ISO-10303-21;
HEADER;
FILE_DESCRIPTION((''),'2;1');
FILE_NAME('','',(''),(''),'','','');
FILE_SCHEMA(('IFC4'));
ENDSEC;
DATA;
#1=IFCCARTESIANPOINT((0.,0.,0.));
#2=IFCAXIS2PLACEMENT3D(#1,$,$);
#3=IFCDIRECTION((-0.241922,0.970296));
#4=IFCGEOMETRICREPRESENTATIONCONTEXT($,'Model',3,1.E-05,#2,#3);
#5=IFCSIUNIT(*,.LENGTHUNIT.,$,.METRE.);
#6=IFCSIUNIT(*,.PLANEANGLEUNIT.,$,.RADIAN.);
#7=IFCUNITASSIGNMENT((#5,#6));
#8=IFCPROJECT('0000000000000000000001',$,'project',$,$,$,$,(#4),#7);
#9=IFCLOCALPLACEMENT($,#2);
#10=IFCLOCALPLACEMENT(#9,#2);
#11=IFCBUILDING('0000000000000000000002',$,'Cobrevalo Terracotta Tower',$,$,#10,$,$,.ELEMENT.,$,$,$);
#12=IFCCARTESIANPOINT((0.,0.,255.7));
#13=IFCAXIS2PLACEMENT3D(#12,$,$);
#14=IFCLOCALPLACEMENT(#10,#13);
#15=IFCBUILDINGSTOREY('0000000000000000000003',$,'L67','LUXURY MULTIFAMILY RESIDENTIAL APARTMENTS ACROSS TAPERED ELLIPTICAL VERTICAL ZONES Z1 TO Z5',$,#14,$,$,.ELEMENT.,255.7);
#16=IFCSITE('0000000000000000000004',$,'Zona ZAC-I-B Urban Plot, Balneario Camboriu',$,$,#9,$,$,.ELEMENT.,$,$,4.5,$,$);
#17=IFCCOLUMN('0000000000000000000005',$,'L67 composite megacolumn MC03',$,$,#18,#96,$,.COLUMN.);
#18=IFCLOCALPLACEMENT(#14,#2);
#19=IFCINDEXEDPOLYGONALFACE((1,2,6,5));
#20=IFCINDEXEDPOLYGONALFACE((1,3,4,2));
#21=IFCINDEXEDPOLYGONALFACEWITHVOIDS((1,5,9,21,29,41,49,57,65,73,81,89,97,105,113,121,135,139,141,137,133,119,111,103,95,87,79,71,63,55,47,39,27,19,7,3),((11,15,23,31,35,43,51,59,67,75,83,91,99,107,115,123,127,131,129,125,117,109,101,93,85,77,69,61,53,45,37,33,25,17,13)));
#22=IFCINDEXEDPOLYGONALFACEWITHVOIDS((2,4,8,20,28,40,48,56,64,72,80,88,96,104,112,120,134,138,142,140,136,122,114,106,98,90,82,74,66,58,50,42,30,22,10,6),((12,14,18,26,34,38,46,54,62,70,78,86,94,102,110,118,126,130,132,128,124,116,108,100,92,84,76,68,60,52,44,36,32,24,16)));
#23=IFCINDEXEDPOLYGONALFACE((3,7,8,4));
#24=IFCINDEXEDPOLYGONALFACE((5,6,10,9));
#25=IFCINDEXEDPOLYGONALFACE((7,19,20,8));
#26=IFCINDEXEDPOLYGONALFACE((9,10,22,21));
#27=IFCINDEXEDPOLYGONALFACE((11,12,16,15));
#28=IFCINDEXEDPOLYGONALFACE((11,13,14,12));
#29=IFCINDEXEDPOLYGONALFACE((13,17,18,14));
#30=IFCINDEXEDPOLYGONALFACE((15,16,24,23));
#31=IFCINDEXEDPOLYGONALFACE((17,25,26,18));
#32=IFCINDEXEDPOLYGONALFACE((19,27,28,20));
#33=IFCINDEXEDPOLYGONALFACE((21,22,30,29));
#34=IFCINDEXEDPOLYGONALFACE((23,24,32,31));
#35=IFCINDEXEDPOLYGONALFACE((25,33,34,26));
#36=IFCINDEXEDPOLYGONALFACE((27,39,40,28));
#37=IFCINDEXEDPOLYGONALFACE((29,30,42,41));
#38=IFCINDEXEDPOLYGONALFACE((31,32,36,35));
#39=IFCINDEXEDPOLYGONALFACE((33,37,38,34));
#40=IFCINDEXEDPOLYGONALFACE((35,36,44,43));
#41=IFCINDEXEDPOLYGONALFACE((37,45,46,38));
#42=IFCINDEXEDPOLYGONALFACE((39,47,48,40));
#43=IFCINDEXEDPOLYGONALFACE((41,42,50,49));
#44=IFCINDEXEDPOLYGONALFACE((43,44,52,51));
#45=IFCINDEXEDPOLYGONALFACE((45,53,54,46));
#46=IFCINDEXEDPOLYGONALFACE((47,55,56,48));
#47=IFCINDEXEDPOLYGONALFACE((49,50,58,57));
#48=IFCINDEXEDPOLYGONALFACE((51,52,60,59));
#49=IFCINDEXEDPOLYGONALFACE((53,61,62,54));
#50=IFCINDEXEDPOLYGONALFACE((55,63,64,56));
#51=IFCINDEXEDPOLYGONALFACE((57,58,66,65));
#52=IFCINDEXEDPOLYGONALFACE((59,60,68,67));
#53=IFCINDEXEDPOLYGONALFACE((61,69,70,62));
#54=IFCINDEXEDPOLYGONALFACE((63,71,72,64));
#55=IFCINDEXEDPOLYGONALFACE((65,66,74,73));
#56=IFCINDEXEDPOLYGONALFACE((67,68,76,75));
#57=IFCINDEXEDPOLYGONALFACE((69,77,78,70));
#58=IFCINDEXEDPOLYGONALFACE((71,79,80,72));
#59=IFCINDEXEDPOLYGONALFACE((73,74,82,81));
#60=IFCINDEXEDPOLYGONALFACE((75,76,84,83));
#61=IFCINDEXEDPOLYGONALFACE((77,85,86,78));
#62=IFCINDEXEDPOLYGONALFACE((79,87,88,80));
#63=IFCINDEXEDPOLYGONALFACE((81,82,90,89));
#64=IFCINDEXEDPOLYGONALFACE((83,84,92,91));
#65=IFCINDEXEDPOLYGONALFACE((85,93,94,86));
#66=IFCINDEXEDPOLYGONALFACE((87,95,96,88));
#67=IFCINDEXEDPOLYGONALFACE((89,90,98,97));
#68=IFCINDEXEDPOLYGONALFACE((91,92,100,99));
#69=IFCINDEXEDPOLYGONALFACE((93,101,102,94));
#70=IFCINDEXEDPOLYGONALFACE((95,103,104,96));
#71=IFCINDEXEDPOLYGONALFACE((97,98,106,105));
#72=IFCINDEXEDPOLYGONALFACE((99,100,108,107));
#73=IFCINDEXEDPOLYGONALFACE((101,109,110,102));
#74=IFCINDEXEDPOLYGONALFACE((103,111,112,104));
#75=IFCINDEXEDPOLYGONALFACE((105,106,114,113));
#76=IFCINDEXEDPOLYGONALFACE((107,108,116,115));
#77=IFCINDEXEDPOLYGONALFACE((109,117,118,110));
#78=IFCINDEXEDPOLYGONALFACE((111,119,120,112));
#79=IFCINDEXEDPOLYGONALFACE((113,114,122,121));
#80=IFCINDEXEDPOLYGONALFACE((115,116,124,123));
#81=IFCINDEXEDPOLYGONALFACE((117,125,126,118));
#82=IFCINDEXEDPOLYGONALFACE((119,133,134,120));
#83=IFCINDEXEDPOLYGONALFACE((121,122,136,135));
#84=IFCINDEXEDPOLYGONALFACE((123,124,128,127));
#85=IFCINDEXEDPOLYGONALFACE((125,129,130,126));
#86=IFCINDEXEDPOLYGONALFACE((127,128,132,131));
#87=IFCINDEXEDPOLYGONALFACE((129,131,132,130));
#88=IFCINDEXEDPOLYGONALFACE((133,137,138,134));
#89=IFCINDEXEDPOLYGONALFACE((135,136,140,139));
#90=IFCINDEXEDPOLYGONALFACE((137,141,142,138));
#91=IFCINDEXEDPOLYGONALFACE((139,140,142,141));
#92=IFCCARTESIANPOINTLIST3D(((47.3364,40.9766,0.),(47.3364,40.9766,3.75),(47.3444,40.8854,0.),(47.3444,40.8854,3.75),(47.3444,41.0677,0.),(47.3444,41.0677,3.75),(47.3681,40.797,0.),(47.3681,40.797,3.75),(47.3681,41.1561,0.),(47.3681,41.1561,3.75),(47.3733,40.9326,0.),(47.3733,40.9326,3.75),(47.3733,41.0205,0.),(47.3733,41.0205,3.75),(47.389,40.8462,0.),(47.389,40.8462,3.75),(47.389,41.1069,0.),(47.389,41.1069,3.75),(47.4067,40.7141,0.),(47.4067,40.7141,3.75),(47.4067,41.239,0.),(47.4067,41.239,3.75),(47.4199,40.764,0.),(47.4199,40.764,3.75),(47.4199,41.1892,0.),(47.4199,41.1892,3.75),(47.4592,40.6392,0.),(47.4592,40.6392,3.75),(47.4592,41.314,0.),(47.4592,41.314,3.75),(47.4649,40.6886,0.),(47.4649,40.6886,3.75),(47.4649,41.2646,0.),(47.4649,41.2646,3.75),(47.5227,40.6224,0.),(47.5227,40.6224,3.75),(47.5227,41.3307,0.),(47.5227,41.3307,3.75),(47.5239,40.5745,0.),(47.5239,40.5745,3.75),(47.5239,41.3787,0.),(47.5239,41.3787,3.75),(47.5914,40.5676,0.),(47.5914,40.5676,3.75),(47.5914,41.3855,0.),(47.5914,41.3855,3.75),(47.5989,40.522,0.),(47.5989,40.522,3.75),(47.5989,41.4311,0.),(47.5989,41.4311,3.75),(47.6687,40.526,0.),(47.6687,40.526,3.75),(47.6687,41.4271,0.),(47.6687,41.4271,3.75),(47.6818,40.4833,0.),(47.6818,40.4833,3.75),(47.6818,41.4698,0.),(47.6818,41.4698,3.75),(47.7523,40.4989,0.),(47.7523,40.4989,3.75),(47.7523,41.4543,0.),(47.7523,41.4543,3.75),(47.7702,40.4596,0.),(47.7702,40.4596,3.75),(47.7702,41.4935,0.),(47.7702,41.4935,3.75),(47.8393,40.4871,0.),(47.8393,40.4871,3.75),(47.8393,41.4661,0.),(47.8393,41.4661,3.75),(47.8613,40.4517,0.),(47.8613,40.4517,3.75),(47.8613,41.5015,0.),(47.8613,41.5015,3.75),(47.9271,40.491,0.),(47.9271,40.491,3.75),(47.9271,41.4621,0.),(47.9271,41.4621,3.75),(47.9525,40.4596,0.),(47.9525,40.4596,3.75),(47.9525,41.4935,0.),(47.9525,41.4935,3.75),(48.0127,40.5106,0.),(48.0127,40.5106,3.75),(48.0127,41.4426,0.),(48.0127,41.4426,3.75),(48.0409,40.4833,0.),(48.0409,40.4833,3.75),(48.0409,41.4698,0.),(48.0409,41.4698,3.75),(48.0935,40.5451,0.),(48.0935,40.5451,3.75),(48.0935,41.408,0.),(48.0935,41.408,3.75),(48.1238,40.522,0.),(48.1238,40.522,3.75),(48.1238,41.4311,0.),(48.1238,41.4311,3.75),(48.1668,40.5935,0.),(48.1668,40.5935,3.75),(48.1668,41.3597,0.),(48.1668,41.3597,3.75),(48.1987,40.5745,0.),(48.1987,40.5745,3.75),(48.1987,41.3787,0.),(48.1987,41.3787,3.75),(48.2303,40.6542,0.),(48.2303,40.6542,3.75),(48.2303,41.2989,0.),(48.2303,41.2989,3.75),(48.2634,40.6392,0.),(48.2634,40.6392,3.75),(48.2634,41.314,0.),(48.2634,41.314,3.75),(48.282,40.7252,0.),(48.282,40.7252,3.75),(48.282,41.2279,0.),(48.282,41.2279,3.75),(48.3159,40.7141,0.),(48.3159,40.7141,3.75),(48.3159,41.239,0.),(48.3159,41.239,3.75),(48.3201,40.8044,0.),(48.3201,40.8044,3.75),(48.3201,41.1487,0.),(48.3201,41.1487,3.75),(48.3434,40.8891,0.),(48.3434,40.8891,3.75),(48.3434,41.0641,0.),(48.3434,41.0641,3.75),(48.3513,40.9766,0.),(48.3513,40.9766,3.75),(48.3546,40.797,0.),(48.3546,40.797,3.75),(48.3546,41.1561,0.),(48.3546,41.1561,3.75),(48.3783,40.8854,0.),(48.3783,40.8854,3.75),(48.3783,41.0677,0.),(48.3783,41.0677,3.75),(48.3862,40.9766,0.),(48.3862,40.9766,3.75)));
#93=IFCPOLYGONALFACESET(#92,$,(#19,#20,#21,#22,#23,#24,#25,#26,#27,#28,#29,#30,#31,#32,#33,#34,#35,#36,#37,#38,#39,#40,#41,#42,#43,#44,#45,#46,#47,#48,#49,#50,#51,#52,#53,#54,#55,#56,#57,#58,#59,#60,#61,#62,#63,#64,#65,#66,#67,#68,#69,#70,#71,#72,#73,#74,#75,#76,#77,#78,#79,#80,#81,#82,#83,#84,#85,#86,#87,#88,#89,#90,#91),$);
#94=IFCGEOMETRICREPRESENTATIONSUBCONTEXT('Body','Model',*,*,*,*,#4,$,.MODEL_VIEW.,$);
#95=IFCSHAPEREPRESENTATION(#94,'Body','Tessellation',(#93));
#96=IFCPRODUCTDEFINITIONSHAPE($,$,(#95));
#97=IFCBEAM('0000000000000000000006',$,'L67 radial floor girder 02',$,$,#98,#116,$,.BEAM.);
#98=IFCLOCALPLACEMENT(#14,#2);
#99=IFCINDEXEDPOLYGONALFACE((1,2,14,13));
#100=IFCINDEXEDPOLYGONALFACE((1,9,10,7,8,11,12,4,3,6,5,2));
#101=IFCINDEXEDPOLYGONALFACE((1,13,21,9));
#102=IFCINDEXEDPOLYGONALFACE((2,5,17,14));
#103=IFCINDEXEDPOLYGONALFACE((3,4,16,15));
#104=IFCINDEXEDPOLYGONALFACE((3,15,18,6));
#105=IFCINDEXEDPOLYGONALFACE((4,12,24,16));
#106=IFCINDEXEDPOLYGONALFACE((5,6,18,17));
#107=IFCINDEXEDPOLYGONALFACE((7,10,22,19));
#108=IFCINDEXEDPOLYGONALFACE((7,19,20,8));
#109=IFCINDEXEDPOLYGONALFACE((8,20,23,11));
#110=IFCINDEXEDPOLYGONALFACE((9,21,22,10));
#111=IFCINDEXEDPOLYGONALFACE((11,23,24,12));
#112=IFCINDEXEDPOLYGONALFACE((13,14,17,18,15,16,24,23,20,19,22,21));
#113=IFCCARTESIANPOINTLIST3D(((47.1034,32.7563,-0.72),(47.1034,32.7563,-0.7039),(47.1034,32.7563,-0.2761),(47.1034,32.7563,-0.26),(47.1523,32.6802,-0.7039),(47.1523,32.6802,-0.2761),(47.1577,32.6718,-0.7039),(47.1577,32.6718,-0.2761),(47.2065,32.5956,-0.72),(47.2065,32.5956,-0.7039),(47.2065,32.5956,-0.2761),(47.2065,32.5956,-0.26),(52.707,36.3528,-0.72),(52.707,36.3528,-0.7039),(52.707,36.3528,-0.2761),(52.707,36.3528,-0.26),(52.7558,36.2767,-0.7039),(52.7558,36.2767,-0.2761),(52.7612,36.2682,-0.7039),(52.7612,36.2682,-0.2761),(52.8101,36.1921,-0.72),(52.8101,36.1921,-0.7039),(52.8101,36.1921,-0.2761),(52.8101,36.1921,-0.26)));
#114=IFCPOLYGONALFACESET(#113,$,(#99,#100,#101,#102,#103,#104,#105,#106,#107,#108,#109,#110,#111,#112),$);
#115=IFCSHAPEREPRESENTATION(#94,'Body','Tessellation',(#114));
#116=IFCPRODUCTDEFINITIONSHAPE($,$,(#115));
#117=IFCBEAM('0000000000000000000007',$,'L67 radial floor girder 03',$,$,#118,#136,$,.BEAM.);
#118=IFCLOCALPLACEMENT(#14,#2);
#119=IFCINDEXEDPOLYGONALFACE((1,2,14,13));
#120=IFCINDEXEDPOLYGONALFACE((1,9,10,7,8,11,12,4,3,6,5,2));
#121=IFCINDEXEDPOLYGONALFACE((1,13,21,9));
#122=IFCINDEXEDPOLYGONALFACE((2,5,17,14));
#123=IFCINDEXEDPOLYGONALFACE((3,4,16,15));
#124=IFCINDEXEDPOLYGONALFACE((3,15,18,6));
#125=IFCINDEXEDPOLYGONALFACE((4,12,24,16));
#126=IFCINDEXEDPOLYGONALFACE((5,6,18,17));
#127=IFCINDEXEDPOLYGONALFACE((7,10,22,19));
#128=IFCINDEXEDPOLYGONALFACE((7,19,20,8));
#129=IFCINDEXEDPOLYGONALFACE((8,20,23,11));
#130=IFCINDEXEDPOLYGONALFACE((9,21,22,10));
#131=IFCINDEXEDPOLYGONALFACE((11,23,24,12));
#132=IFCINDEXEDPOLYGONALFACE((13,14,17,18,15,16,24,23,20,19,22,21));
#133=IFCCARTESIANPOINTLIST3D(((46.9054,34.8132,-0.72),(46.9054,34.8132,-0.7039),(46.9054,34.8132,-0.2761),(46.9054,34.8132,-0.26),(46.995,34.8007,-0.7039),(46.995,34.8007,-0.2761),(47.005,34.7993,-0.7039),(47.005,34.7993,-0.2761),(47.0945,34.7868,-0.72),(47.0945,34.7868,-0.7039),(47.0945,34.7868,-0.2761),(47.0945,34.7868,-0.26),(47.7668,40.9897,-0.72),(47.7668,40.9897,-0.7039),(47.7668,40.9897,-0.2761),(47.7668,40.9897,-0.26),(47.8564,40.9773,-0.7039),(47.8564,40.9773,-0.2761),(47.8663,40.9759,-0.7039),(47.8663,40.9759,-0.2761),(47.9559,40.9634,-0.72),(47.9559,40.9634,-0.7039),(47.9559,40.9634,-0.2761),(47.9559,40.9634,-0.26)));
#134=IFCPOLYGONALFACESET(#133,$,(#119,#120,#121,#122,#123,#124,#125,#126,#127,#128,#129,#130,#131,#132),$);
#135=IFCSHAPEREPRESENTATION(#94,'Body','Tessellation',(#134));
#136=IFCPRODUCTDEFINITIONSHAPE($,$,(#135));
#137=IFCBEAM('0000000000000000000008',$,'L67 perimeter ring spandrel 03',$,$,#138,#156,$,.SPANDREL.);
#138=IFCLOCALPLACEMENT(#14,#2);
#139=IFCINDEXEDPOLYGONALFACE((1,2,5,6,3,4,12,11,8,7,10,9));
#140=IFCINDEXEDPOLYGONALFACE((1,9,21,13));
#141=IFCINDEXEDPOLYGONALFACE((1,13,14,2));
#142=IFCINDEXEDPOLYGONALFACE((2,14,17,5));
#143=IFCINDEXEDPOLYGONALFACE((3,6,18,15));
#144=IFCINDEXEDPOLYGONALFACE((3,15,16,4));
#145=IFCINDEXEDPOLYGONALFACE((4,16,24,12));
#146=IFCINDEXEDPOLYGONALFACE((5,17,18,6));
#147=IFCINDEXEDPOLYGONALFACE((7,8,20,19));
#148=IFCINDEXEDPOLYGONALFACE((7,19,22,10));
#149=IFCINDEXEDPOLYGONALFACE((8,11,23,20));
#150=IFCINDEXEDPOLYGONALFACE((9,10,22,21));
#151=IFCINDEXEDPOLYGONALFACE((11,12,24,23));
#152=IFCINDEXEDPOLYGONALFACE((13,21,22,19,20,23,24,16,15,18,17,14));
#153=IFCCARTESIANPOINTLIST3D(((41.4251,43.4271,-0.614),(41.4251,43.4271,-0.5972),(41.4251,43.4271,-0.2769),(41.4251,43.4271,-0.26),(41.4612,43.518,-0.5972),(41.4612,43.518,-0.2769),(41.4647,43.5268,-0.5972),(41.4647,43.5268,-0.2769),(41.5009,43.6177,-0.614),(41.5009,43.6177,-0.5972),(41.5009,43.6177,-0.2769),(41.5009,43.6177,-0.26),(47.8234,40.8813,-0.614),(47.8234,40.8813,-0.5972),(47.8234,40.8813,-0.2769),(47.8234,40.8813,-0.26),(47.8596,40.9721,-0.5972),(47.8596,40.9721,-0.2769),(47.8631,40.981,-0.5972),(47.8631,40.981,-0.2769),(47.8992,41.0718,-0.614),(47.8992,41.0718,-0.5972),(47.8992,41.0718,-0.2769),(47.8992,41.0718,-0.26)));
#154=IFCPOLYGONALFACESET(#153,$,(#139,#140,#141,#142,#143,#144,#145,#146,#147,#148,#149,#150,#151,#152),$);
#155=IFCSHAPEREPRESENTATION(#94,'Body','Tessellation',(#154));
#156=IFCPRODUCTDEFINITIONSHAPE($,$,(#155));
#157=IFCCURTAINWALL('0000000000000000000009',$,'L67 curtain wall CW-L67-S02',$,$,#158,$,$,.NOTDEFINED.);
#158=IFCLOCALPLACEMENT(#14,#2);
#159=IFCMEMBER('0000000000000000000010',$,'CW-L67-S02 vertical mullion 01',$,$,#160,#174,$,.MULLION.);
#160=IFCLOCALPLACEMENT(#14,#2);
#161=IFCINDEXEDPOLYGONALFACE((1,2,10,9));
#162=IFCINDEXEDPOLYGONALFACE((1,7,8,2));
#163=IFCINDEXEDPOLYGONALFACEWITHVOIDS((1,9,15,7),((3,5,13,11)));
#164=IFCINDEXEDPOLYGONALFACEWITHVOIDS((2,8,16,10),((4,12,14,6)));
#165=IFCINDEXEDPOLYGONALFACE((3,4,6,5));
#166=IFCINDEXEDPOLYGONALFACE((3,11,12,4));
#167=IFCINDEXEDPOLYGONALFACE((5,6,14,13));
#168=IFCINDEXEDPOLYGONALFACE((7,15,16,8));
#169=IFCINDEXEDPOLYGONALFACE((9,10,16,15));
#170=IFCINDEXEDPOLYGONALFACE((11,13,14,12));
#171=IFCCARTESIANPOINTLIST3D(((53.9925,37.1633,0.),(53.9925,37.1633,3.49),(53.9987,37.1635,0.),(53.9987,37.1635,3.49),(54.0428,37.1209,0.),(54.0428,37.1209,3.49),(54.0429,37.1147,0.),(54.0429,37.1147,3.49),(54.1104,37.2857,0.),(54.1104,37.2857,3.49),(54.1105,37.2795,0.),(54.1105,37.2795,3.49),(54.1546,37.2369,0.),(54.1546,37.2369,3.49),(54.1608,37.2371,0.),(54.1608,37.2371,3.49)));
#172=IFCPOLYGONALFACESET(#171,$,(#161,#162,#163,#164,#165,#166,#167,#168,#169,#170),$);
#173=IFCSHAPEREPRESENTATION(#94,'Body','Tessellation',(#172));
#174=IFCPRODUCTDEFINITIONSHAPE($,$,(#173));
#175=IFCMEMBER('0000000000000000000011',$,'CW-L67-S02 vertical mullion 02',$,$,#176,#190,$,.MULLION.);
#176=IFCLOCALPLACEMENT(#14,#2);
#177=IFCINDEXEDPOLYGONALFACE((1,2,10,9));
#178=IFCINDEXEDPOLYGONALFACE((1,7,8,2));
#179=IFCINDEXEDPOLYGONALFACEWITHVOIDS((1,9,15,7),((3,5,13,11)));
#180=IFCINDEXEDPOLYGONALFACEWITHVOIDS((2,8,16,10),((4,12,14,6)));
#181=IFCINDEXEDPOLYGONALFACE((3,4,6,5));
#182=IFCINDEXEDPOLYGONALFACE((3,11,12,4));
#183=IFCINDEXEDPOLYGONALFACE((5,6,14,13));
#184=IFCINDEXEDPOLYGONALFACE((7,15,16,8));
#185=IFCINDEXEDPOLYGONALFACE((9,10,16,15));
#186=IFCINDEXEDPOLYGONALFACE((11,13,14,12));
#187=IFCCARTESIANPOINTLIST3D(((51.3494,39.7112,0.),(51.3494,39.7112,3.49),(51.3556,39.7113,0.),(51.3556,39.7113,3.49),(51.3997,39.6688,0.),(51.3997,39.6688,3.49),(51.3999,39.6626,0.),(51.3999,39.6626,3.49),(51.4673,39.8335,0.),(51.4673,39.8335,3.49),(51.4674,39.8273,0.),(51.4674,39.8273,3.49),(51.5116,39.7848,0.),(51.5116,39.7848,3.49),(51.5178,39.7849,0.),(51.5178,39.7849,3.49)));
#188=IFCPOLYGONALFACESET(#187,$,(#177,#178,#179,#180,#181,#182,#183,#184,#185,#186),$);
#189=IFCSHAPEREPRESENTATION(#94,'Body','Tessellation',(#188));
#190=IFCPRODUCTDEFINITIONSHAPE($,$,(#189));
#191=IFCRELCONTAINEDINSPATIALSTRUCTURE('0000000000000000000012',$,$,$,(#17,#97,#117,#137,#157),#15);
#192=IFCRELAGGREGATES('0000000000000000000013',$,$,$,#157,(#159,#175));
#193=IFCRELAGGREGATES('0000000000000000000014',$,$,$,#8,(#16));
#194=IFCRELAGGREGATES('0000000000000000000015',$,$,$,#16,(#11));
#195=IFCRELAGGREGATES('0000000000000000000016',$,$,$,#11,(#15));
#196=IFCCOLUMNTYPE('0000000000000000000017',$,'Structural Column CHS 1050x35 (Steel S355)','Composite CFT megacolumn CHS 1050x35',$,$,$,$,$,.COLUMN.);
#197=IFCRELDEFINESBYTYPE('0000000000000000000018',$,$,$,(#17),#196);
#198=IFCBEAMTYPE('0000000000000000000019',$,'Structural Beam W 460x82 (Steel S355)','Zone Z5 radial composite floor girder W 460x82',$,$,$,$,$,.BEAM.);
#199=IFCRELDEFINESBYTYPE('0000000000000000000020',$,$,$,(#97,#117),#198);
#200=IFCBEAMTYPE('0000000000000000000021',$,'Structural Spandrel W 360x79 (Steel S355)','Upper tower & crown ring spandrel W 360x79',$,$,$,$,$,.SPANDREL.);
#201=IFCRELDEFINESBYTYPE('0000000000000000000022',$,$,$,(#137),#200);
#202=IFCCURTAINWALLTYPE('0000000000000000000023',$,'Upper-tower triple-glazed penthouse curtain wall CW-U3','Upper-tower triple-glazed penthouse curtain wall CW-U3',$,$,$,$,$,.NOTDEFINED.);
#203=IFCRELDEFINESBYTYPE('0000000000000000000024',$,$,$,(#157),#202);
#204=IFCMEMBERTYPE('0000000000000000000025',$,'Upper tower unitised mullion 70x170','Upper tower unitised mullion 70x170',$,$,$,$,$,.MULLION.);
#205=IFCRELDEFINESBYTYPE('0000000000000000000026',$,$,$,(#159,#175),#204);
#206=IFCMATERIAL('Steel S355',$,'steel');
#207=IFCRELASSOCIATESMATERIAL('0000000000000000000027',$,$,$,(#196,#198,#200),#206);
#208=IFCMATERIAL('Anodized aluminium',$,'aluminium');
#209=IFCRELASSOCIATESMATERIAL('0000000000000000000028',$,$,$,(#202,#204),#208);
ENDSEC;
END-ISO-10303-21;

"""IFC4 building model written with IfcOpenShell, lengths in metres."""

from ifc_helpers import new_model, si_unit, direction, frame, origin, origin_2d, place, context, subcontext, project, spatial, hollow_rectangle, hollow_circle, i_section, extrude, source, transform, mapped, material, material_profile, profile_set, type_object, element, aggregate, save


model = new_model("IFC4")

# Units and contexts
model_context = context("Model", 3, precision=1e-05, world=origin(), true_north=direction((-0.241922, 0.970296)))
body_context = subcontext(model_context, "Body", "Model", "MODEL_VIEW")
ifc_project = project(units=[si_unit("LENGTHUNIT", "METRE"), si_unit("PLANEANGLEUNIT", "RADIAN")], contexts=[model_context])

# Site, building, storey
site_placement = place(None, origin())
site = spatial("IfcSite", under=ifc_project, at=site_placement, Name="Zona ZAC-I-B Urban Plot, Balneario Camboriu", CompositionType="ELEMENT", RefElevation=4.5)
building_placement = place(site_placement, origin())
building = spatial("IfcBuilding", under=site, at=building_placement, Name="Cobrevalo Terracotta Tower", CompositionType="ELEMENT")
storey_placement = place(building_placement, frame((0.0, 0.0, 255.7)))
storey = spatial("IfcBuildingStorey", under=building, at=storey_placement, Name="L67", Description="LUXURY MULTIFAMILY RESIDENTIAL APARTMENTS ACROSS TAPERED ELLIPTICAL VERTICAL ZONES Z1 TO Z5", CompositionType="ELEMENT", Elevation=255.7)

# Column
ifc_material_1 = material(Name="Steel S355", Category="steel")
ifc_material_profile_1 = material_profile(ifc_material_1, hollow_circle(Radius=0.5249, WallThickness=0.0349, at=origin_2d()), Name="CHS 1050x35")
ifc_profile_set_1 = profile_set([ifc_material_profile_1], Name="Steel S355")
column_type = type_object("IfcColumnType", Name="Structural Column CHS 1050x35 (Steel S355)", Description="Composite CFT megacolumn CHS 1050x35", PredefinedType="COLUMN", material=ifc_profile_set_1)
column_placement = place(storey_placement, frame((47.8613, 40.9766, 0.0), z_axis=(0.0, 0.0, 1.0), x_axis=(1.0, 0.0, 0.0)))
element("IfcColumn", 1, at=column_placement, inside=storey, type_object=column_type, Name="L67 composite megacolumn MC03", PredefinedType="COLUMN", context=body_context, shape_type="SweptSolid", body=[
    extrude(hollow_circle(Radius=0.5249, WallThickness=0.0349, at=origin_2d()), origin(), (0.0, 0.0, 1.0), 3.75),
])

# Beams
ifc_material_profile_2 = material_profile(ifc_material_1, i_section(OverallWidth=0.1909, OverallDepth=0.46, WebThickness=0.01, FlangeThickness=0.0161, at=origin_2d()), Name="W 460x82")
ifc_profile_set_2 = profile_set([ifc_material_profile_2], Name="Steel S355")
beam_type_1 = type_object("IfcBeamType", Name="Structural Beam W 460x82 (Steel S355)", Description="Zone Z5 radial composite floor girder W 460x82", PredefinedType="BEAM", material=ifc_profile_set_2)
beam_1_placement = place(storey_placement, frame((52.7585, 36.2725, -0.49), z_axis=(-0.841576, -0.540138, 0.0), x_axis=(0.540138, -0.841576, 0.0)))
element("IfcBeam", 2, at=beam_1_placement, inside=storey, type_object=beam_type_1, Name="L67 radial floor girder 02", PredefinedType="BEAM", context=body_context, shape_type="SweptSolid", body=[
    extrude(i_section(OverallWidth=0.1909, OverallDepth=0.46, WebThickness=0.01, FlangeThickness=0.0161, at=origin_2d()), origin(), (0.0, 0.0, 1.0), 6.6584),
])
beam_2_placement = place(storey_placement, frame((47.8613, 40.9766, -0.49), z_axis=(-0.138116, -0.990416, 0.0), x_axis=(0.990416, -0.138116, 0.0)))
element("IfcBeam", 3, at=beam_2_placement, inside=storey, type_object=beam_type_1, Name="L67 radial floor girder 03", PredefinedType="BEAM", context=body_context, shape_type="SweptSolid", body=[
    extrude(i_section(OverallWidth=0.1909, OverallDepth=0.46, WebThickness=0.01, FlangeThickness=0.0161, at=origin_2d()), origin(), (0.0, 0.0, 1.0), 6.2363),
])
ifc_material_profile_3 = material_profile(ifc_material_1, i_section(OverallWidth=0.2051, OverallDepth=0.354, WebThickness=0.0095, FlangeThickness=0.0168, at=origin_2d()), Name="W 360x79")
ifc_profile_set_3 = profile_set([ifc_material_profile_3], Name="Steel S355")
beam_type_2 = type_object("IfcBeamType", Name="Structural Spandrel W 360x79 (Steel S355)", Description="Upper tower & crown ring spandrel W 360x79", PredefinedType="SPANDREL", material=ifc_profile_set_3)
beam_3_placement = place(storey_placement, frame((47.8613, 40.9766, -0.437), z_axis=(-0.92915, 0.369703, 0.0), x_axis=(-0.369703, -0.92915, 0.0)))
element("IfcBeam", 4, at=beam_3_placement, inside=storey, type_object=beam_type_2, Name="L67 perimeter ring spandrel 03", PredefinedType="SPANDREL", context=body_context, shape_type="SweptSolid", body=[
    extrude(i_section(OverallWidth=0.2051, OverallDepth=0.354, WebThickness=0.0095, FlangeThickness=0.0168, at=origin_2d()), origin(), (0.0, 0.0, 1.0), 6.8862),
])

# Curtain wall, members
ifc_material_2 = material(Name="Anodized aluminium", Category="aluminium")
curtain_wall_type = type_object("IfcCurtainWallType", Name="Upper-tower triple-glazed penthouse curtain wall CW-U3", Description="Upper-tower triple-glazed penthouse curtain wall CW-U3", PredefinedType="NOTDEFINED", material=ifc_material_2)
curtain_wall_1_placement = place(storey_placement, origin())
curtain_wall_1 = element("IfcCurtainWall", 5, at=curtain_wall_1_placement, inside=storey, type_object=curtain_wall_type, Name="L67 curtain wall CW-L67-S02", PredefinedType="NOTDEFINED")
ifc_material_profile_4 = material_profile(ifc_material_2, hollow_rectangle(XDim=0.0701, YDim=0.1699, WallThickness=0.0044, at=origin_2d()), Name="CWM 70x170")
ifc_profile_set_4 = profile_set([ifc_material_profile_4], Name="Anodized aluminium")
member_type_1 = type_object("IfcMemberType", Name="Upper tower unitised mullion 70x170", Description="Upper tower unitised mullion 70x170", PredefinedType="MULLION", material=ifc_profile_set_4)
shared_shape_1 = source(origin(), body_context, "Body", "SweptSolid", [
    extrude(hollow_rectangle(XDim=0.0701, YDim=0.1699, WallThickness=0.0044, at=origin_2d()), origin(), (0.0, 0.0, 1.0), 3.49),
])
member_1_placement = place(storey_placement, frame((54.0767, 37.2002, 0.0), z_axis=(0.0, 0.0, 1.0), x_axis=(-0.719994, 0.69398, 0.0)))
member_1 = element("IfcMember", 6, at=member_1_placement, type_object=member_type_1, Name="CW-L67-S02 vertical mullion 01", PredefinedType="MULLION", context=body_context, shape_type="MappedRepresentation", body=[
    mapped(shared_shape_1, transform((0.0, 0.0, 0.0), scale=1.0)),
])
member_2_placement = place(storey_placement, frame((51.4336, 39.748, 0.0), z_axis=(0.0, 0.0, 1.0), x_axis=(-0.719994, 0.69398, 0.0)))
member_2 = element("IfcMember", 7, at=member_2_placement, type_object=member_type_1, Name="CW-L67-S02 vertical mullion 02", PredefinedType="MULLION", context=body_context, shape_type="MappedRepresentation", body=[
    mapped(shared_shape_1, transform((0.0, 0.0, 0.0), scale=1.0)),
])

aggregate(curtain_wall_1, [member_1, member_2])

save(model, "model.ifc")
